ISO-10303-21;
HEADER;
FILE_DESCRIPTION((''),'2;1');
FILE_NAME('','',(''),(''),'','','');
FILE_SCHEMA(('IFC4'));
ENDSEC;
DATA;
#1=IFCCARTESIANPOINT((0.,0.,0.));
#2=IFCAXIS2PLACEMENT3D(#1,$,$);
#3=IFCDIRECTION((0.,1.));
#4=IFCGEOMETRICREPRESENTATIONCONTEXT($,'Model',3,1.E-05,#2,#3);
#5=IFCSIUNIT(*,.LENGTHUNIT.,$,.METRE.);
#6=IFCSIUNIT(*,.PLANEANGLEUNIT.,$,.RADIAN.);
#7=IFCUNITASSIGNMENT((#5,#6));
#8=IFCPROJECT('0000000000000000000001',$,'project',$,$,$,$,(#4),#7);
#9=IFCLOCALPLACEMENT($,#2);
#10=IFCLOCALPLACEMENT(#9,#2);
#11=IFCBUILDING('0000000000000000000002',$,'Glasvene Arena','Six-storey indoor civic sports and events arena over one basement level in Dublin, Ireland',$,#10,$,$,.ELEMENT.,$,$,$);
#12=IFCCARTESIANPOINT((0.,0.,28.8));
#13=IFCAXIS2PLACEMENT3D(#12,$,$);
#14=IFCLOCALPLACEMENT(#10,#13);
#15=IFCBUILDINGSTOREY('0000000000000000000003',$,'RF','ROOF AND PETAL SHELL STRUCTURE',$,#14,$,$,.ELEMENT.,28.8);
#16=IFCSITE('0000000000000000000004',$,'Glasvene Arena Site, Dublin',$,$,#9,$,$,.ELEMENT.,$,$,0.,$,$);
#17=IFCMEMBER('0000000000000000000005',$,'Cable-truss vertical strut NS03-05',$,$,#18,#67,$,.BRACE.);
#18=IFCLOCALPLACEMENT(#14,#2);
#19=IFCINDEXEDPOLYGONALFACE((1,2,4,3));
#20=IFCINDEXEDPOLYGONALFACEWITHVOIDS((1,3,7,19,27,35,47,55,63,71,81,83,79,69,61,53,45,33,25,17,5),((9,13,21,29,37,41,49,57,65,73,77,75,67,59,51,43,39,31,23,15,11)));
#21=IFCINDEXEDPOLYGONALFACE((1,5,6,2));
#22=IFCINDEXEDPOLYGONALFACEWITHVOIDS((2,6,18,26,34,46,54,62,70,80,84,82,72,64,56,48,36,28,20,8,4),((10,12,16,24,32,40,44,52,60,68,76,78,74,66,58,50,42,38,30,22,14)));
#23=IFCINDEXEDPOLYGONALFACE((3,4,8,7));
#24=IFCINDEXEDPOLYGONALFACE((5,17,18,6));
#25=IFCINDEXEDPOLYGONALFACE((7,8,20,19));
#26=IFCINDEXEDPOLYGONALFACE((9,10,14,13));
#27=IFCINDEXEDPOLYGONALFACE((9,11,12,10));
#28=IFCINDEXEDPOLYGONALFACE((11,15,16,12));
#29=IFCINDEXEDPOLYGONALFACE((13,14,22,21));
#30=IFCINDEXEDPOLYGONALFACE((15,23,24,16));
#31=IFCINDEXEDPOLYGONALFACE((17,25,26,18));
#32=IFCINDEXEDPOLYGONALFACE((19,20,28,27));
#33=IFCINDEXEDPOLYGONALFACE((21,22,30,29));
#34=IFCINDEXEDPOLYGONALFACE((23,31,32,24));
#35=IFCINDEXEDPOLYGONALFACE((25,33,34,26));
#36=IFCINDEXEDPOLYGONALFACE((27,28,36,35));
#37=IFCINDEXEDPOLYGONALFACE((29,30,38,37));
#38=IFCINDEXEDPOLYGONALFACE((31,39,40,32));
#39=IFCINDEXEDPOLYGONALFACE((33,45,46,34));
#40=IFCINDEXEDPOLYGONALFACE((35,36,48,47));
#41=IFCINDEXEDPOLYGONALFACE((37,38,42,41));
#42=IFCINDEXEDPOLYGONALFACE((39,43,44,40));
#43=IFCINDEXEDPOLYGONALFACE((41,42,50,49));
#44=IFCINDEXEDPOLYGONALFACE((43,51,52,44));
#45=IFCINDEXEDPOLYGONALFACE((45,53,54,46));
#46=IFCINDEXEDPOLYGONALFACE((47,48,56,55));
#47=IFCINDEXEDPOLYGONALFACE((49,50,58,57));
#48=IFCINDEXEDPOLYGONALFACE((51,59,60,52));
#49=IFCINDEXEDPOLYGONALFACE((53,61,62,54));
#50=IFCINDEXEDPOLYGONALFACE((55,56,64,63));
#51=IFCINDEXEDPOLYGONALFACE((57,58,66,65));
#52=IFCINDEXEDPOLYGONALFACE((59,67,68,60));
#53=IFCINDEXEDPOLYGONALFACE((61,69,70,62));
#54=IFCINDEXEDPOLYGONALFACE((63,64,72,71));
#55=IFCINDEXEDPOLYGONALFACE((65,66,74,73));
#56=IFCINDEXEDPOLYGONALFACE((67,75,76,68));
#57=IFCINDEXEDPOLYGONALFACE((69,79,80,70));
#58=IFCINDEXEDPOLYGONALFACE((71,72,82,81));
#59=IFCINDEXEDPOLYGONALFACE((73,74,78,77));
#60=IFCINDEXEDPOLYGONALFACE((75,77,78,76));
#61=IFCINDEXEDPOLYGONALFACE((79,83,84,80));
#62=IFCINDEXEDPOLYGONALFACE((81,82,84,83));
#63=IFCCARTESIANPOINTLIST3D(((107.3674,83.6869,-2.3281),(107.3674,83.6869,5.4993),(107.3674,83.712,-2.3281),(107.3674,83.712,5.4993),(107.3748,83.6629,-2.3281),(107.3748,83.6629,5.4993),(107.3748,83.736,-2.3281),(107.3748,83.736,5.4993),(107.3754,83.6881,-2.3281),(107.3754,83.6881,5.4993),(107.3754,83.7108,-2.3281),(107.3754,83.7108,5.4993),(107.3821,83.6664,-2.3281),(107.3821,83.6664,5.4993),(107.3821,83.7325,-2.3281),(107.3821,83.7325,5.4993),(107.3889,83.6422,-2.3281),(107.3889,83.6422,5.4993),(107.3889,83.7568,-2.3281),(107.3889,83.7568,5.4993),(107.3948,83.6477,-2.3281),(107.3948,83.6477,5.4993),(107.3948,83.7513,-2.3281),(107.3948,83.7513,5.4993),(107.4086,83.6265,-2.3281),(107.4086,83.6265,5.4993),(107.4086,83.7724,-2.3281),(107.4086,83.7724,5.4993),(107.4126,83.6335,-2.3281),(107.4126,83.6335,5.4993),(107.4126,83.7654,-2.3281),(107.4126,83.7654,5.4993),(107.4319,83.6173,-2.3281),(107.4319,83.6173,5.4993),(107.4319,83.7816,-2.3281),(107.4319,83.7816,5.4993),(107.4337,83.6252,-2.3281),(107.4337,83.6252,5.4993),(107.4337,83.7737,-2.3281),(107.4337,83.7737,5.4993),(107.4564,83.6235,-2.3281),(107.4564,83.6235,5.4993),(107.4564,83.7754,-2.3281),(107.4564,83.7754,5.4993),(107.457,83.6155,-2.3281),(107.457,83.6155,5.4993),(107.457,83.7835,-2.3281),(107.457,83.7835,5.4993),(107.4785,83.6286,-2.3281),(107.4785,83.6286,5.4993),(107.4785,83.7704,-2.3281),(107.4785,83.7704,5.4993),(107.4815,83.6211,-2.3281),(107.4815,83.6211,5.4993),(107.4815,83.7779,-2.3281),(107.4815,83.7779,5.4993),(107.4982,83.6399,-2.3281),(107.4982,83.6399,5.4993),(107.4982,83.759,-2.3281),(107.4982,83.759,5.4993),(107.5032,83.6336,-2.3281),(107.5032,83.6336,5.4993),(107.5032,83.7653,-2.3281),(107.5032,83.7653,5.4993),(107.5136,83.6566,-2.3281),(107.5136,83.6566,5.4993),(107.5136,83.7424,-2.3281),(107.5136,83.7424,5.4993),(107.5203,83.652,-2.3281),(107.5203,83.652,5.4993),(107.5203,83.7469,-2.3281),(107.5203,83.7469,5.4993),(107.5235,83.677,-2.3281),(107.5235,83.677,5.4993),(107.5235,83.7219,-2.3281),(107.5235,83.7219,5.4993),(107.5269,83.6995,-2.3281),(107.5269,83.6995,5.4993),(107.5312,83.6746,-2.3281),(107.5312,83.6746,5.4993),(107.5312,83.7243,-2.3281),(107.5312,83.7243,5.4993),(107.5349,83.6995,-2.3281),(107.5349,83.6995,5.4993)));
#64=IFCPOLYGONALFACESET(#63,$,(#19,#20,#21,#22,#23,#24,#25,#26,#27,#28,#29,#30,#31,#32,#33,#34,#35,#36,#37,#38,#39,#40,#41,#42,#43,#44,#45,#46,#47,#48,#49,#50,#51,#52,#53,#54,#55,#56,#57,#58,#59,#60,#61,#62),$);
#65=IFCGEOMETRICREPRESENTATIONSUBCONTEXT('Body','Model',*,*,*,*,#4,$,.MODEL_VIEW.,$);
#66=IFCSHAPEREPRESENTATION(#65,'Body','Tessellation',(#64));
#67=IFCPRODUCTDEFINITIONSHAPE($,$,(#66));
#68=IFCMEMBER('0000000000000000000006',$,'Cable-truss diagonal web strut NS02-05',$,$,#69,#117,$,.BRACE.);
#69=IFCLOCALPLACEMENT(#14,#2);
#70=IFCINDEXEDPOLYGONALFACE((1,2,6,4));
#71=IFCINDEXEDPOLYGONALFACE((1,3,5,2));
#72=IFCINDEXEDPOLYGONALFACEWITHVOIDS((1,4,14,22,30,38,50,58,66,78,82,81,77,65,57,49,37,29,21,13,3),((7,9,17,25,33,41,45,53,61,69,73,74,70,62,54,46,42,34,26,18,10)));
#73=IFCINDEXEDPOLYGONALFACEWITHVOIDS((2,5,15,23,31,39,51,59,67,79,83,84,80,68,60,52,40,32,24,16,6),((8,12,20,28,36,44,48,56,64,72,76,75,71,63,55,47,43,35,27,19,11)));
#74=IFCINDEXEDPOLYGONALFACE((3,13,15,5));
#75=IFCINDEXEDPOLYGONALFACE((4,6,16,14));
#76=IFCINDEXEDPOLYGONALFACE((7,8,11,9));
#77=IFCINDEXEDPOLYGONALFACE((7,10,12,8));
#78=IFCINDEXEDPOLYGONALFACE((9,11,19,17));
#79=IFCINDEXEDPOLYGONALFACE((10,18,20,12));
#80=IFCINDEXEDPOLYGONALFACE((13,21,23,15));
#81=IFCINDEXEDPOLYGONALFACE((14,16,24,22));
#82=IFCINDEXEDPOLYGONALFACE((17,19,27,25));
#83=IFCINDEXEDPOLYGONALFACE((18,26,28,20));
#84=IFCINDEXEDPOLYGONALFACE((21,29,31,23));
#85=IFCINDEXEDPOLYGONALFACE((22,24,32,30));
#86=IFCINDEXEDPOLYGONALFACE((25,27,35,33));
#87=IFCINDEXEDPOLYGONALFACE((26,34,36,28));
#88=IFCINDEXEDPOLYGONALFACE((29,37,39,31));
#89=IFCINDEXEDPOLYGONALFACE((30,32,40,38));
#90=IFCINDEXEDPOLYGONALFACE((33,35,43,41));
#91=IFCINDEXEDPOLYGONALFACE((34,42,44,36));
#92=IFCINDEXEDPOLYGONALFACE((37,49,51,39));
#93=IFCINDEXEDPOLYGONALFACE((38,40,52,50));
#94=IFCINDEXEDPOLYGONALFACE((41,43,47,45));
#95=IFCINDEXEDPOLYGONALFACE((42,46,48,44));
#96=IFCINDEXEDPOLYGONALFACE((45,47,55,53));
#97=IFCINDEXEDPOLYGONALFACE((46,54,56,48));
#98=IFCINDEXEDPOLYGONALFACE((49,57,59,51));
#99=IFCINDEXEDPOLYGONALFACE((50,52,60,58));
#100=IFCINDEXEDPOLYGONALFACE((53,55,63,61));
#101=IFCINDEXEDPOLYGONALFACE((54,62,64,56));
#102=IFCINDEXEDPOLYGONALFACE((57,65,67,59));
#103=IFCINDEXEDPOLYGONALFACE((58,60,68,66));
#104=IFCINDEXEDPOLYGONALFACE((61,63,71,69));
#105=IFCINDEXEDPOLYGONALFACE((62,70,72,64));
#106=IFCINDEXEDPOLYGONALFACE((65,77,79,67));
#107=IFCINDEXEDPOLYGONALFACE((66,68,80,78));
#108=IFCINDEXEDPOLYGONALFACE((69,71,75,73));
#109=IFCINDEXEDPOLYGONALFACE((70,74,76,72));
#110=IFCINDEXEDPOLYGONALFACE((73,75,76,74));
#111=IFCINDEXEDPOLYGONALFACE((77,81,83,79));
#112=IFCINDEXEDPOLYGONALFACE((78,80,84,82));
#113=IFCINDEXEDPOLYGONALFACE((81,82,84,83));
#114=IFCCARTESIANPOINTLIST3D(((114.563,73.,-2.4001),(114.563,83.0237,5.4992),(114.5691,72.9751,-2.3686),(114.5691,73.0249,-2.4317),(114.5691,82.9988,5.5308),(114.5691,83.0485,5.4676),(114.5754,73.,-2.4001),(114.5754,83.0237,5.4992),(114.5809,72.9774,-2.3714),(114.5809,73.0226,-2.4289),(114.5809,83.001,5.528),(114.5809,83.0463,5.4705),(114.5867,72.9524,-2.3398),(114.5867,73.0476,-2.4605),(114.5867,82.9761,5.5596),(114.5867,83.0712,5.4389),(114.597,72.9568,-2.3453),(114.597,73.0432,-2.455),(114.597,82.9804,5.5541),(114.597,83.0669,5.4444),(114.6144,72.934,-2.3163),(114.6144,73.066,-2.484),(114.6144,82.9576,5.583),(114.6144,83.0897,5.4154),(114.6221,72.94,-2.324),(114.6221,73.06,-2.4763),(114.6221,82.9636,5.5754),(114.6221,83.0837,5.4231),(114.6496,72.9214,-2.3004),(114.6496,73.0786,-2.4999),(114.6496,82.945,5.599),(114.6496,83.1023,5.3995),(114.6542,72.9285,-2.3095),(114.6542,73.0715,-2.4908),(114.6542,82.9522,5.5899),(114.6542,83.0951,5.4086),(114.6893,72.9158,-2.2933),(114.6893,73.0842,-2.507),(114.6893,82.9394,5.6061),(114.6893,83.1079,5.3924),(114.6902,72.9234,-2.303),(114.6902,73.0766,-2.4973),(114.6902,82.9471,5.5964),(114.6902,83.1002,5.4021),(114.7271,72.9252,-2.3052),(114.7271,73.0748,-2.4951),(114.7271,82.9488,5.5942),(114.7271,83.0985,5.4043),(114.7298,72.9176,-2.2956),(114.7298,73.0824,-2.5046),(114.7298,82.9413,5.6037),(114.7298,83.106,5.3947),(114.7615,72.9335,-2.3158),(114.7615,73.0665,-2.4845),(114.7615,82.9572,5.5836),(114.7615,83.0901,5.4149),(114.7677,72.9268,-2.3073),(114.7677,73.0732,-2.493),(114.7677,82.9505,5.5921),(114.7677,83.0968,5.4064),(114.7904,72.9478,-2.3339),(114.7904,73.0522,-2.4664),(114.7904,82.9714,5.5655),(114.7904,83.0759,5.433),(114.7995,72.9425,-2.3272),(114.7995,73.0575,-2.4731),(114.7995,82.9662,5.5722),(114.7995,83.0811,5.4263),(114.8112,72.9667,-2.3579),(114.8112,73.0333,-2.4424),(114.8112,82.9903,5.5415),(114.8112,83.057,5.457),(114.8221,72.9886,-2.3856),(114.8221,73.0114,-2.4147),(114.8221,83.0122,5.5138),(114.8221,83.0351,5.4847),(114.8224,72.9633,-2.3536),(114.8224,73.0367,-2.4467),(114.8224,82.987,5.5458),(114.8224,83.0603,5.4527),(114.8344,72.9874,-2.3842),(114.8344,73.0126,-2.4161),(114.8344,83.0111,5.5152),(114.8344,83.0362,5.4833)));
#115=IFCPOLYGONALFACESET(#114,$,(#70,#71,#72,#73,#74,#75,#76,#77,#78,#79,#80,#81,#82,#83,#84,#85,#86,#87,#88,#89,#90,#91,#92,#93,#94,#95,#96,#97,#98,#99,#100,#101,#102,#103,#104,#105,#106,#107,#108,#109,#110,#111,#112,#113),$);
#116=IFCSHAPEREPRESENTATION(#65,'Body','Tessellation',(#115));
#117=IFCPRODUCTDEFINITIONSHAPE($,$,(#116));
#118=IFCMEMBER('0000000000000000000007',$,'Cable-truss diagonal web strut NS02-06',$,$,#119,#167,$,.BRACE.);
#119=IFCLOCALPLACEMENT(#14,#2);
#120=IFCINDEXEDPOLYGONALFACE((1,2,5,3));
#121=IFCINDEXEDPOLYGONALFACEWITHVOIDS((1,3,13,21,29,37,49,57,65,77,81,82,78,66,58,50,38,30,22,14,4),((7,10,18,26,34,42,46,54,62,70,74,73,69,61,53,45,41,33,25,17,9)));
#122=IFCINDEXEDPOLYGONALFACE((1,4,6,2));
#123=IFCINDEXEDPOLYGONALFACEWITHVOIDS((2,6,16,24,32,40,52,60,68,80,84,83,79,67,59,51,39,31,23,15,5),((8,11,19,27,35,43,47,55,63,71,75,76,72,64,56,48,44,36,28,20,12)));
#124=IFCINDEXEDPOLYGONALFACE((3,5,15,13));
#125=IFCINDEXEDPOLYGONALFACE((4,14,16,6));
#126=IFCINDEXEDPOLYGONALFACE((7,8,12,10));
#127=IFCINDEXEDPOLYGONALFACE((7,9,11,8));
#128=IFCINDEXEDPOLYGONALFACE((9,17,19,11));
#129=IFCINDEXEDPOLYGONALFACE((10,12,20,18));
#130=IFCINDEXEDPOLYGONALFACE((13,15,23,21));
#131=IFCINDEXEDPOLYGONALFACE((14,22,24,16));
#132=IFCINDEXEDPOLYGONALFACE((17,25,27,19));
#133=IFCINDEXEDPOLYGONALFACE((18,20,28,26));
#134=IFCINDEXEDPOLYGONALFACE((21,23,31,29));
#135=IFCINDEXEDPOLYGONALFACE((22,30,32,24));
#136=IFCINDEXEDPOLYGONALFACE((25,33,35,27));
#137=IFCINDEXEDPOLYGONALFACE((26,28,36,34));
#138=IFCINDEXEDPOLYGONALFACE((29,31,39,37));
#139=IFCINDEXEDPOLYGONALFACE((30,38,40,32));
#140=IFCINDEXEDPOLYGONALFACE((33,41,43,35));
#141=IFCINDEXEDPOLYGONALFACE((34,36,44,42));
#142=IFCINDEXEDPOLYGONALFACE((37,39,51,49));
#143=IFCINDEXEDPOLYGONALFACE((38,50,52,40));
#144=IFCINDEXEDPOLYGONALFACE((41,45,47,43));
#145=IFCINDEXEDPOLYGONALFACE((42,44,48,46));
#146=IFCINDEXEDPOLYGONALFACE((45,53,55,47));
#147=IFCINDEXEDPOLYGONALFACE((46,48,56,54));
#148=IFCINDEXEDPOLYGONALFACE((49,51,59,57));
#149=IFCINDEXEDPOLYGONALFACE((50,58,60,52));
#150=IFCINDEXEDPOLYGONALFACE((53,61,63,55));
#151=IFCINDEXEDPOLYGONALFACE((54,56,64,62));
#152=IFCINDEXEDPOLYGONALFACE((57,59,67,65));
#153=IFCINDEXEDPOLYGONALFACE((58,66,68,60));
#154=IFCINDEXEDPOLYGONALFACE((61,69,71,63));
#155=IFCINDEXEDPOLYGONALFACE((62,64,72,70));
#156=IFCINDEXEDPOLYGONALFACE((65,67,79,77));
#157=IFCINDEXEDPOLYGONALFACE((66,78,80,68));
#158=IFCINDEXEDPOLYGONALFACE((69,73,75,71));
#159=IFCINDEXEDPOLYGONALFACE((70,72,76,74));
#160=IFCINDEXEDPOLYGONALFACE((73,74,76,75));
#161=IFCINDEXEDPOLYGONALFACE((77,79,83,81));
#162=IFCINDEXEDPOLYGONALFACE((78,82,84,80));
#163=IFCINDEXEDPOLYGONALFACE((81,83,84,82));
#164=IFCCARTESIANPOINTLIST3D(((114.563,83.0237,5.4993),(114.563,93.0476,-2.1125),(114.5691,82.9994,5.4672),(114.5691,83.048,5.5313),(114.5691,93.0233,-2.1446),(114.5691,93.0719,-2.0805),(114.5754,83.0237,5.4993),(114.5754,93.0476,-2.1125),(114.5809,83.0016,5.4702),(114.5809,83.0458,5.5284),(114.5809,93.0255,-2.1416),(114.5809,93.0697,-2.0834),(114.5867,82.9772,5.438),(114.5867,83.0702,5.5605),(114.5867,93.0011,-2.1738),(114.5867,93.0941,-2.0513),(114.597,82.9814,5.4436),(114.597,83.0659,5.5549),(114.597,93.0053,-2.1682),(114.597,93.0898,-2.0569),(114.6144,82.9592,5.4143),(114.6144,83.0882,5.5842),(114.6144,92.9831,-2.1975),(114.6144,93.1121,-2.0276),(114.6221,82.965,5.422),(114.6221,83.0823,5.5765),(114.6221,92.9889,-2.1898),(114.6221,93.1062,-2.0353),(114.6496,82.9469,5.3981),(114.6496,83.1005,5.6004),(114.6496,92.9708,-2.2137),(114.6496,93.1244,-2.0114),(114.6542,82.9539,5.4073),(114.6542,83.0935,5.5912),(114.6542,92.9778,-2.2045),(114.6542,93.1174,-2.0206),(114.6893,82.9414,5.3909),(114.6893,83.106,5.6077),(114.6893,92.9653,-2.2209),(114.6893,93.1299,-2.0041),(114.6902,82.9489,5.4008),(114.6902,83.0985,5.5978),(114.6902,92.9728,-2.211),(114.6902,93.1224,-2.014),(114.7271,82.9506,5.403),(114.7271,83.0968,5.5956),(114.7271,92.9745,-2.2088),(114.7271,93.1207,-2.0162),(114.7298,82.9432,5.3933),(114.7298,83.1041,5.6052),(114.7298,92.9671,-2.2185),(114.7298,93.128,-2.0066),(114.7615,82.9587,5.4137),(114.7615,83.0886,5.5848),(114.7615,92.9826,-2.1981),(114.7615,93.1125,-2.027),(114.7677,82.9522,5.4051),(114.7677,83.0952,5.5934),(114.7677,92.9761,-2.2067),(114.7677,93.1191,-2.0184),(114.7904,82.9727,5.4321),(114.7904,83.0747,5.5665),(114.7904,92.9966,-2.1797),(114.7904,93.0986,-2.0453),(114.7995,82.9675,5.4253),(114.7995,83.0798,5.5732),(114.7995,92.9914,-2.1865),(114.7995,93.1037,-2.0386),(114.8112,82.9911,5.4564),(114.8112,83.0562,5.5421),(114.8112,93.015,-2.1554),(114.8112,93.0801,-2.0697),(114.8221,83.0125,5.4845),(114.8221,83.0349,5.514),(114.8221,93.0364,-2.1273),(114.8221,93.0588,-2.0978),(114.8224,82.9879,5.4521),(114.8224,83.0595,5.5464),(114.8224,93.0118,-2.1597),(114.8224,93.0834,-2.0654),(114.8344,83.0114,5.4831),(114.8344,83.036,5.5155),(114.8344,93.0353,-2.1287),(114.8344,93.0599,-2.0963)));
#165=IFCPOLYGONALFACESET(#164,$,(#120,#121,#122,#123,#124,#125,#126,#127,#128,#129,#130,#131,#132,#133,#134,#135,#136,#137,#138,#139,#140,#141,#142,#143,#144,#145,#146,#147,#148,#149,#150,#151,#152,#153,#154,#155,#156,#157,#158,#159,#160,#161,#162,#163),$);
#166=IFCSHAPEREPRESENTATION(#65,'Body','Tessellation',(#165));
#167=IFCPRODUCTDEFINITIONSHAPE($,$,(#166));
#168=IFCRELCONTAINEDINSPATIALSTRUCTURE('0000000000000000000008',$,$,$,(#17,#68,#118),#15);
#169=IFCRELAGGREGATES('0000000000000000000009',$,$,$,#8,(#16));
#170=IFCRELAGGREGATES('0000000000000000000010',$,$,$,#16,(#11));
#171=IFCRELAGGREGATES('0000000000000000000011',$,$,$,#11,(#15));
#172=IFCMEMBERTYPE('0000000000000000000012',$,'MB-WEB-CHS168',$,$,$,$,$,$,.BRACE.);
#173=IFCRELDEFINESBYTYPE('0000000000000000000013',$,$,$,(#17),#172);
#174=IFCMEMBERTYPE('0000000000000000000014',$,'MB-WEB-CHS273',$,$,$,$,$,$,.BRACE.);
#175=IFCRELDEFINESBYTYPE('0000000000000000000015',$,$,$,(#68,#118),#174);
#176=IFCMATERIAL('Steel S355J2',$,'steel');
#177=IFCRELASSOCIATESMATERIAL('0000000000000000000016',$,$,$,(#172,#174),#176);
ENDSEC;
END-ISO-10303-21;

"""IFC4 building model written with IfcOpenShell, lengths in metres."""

from ifc_helpers import new_model, si_unit, direction, frame, origin, origin_2d, place, context, subcontext, project, spatial, hollow_circle, extrude, material, material_profile, profile_set, type_object, element, save


model = new_model("IFC4")

# Units and contexts
model_context = context("Model", 3, precision=1e-05, world=origin(), true_north=direction((0.0, 1.0)))
body_context = subcontext(model_context, "Body", "Model", "MODEL_VIEW")
ifc_project = project(units=[si_unit("LENGTHUNIT", "METRE"), si_unit("PLANEANGLEUNIT", "RADIAN")], contexts=[model_context])

# Site, building, storey
site_placement = place(None, origin())
site = spatial("IfcSite", under=ifc_project, at=site_placement, Name="Glasvene Arena Site, Dublin", CompositionType="ELEMENT", RefElevation=0.0)
building_placement = place(site_placement, origin())
building = spatial("IfcBuilding", under=site, at=building_placement, Name="Glasvene Arena", Description="Six-storey indoor civic sports and events arena over one basement level in Dublin, Ireland", CompositionType="ELEMENT")
storey_placement = place(building_placement, frame((0.0, 0.0, 28.8)))
storey = spatial("IfcBuildingStorey", under=building, at=storey_placement, Name="RF", Description="ROOF AND PETAL SHELL STRUCTURE", CompositionType="ELEMENT", Elevation=28.8)

# Members
ifc_material_1 = material(Name="Steel S355J2", Category="steel")
ifc_material_profile_1 = material_profile(ifc_material_1, hollow_circle(Radius=0.0842, WallThickness=0.0081, at=origin_2d()), Name="CHS 168.3x8.0")
ifc_profile_set_1 = profile_set([ifc_material_profile_1], Name="Steel S355J2")
member_type_1 = type_object("IfcMemberType", Name="MB-WEB-CHS168", PredefinedType="BRACE", material=ifc_profile_set_1)
member_1_placement = place(storey_placement, frame((107.4507, 83.6995, -2.3281), z_axis=(0.0, 0.0, 1.0), x_axis=(1.0, 0.0, 0.0)))
element("IfcMember", 1, at=member_1_placement, inside=storey, type_object=member_type_1, Name="Cable-truss vertical strut NS03-05", PredefinedType="BRACE", context=body_context, shape_type="SweptSolid", body=[
    extrude(hollow_circle(Radius=0.0842, WallThickness=0.0081, at=origin_2d()), origin(), (0.0, 0.0, 1.0), 7.8274),
])
ifc_material_profile_2 = material_profile(ifc_material_1, hollow_circle(Radius=0.1365, WallThickness=0.0125, at=origin_2d()), Name="CHS 273.0x12.5")
ifc_profile_set_2 = profile_set([ifc_material_profile_2], Name="Steel S355J2")
member_type_2 = type_object("IfcMemberType", Name="MB-WEB-CHS273", PredefinedType="BRACE", material=ifc_profile_set_2)
member_2_placement = place(storey_placement, frame((114.6995, 73.0, -2.4001), z_axis=(0.0, 0.785417, 0.618967), x_axis=(-1.0, 0.0, 0.0)))
element("IfcMember", 2, at=member_2_placement, inside=storey, type_object=member_type_2, Name="Cable-truss diagonal web strut NS02-05", PredefinedType="BRACE", context=body_context, shape_type="SweptSolid", body=[
    extrude(hollow_circle(Radius=0.1365, WallThickness=0.0125, at=origin_2d()), origin(), (0.0, 0.0, 1.0), 12.7622),
])
member_3_placement = place(storey_placement, frame((114.6995, 83.0237, 5.4993), z_axis=(0.0, 0.796406, -0.604763), x_axis=(-1.0, 0.0, 0.0)))
element("IfcMember", 3, at=member_3_placement, inside=storey, type_object=member_type_2, Name="Cable-truss diagonal web strut NS02-06", PredefinedType="BRACE", context=body_context, shape_type="SweptSolid", body=[
    extrude(hollow_circle(Radius=0.1365, WallThickness=0.0125, at=origin_2d()), origin(), (0.0, 0.0, 1.0), 12.5864),
])

save(model, "model.ifc")
